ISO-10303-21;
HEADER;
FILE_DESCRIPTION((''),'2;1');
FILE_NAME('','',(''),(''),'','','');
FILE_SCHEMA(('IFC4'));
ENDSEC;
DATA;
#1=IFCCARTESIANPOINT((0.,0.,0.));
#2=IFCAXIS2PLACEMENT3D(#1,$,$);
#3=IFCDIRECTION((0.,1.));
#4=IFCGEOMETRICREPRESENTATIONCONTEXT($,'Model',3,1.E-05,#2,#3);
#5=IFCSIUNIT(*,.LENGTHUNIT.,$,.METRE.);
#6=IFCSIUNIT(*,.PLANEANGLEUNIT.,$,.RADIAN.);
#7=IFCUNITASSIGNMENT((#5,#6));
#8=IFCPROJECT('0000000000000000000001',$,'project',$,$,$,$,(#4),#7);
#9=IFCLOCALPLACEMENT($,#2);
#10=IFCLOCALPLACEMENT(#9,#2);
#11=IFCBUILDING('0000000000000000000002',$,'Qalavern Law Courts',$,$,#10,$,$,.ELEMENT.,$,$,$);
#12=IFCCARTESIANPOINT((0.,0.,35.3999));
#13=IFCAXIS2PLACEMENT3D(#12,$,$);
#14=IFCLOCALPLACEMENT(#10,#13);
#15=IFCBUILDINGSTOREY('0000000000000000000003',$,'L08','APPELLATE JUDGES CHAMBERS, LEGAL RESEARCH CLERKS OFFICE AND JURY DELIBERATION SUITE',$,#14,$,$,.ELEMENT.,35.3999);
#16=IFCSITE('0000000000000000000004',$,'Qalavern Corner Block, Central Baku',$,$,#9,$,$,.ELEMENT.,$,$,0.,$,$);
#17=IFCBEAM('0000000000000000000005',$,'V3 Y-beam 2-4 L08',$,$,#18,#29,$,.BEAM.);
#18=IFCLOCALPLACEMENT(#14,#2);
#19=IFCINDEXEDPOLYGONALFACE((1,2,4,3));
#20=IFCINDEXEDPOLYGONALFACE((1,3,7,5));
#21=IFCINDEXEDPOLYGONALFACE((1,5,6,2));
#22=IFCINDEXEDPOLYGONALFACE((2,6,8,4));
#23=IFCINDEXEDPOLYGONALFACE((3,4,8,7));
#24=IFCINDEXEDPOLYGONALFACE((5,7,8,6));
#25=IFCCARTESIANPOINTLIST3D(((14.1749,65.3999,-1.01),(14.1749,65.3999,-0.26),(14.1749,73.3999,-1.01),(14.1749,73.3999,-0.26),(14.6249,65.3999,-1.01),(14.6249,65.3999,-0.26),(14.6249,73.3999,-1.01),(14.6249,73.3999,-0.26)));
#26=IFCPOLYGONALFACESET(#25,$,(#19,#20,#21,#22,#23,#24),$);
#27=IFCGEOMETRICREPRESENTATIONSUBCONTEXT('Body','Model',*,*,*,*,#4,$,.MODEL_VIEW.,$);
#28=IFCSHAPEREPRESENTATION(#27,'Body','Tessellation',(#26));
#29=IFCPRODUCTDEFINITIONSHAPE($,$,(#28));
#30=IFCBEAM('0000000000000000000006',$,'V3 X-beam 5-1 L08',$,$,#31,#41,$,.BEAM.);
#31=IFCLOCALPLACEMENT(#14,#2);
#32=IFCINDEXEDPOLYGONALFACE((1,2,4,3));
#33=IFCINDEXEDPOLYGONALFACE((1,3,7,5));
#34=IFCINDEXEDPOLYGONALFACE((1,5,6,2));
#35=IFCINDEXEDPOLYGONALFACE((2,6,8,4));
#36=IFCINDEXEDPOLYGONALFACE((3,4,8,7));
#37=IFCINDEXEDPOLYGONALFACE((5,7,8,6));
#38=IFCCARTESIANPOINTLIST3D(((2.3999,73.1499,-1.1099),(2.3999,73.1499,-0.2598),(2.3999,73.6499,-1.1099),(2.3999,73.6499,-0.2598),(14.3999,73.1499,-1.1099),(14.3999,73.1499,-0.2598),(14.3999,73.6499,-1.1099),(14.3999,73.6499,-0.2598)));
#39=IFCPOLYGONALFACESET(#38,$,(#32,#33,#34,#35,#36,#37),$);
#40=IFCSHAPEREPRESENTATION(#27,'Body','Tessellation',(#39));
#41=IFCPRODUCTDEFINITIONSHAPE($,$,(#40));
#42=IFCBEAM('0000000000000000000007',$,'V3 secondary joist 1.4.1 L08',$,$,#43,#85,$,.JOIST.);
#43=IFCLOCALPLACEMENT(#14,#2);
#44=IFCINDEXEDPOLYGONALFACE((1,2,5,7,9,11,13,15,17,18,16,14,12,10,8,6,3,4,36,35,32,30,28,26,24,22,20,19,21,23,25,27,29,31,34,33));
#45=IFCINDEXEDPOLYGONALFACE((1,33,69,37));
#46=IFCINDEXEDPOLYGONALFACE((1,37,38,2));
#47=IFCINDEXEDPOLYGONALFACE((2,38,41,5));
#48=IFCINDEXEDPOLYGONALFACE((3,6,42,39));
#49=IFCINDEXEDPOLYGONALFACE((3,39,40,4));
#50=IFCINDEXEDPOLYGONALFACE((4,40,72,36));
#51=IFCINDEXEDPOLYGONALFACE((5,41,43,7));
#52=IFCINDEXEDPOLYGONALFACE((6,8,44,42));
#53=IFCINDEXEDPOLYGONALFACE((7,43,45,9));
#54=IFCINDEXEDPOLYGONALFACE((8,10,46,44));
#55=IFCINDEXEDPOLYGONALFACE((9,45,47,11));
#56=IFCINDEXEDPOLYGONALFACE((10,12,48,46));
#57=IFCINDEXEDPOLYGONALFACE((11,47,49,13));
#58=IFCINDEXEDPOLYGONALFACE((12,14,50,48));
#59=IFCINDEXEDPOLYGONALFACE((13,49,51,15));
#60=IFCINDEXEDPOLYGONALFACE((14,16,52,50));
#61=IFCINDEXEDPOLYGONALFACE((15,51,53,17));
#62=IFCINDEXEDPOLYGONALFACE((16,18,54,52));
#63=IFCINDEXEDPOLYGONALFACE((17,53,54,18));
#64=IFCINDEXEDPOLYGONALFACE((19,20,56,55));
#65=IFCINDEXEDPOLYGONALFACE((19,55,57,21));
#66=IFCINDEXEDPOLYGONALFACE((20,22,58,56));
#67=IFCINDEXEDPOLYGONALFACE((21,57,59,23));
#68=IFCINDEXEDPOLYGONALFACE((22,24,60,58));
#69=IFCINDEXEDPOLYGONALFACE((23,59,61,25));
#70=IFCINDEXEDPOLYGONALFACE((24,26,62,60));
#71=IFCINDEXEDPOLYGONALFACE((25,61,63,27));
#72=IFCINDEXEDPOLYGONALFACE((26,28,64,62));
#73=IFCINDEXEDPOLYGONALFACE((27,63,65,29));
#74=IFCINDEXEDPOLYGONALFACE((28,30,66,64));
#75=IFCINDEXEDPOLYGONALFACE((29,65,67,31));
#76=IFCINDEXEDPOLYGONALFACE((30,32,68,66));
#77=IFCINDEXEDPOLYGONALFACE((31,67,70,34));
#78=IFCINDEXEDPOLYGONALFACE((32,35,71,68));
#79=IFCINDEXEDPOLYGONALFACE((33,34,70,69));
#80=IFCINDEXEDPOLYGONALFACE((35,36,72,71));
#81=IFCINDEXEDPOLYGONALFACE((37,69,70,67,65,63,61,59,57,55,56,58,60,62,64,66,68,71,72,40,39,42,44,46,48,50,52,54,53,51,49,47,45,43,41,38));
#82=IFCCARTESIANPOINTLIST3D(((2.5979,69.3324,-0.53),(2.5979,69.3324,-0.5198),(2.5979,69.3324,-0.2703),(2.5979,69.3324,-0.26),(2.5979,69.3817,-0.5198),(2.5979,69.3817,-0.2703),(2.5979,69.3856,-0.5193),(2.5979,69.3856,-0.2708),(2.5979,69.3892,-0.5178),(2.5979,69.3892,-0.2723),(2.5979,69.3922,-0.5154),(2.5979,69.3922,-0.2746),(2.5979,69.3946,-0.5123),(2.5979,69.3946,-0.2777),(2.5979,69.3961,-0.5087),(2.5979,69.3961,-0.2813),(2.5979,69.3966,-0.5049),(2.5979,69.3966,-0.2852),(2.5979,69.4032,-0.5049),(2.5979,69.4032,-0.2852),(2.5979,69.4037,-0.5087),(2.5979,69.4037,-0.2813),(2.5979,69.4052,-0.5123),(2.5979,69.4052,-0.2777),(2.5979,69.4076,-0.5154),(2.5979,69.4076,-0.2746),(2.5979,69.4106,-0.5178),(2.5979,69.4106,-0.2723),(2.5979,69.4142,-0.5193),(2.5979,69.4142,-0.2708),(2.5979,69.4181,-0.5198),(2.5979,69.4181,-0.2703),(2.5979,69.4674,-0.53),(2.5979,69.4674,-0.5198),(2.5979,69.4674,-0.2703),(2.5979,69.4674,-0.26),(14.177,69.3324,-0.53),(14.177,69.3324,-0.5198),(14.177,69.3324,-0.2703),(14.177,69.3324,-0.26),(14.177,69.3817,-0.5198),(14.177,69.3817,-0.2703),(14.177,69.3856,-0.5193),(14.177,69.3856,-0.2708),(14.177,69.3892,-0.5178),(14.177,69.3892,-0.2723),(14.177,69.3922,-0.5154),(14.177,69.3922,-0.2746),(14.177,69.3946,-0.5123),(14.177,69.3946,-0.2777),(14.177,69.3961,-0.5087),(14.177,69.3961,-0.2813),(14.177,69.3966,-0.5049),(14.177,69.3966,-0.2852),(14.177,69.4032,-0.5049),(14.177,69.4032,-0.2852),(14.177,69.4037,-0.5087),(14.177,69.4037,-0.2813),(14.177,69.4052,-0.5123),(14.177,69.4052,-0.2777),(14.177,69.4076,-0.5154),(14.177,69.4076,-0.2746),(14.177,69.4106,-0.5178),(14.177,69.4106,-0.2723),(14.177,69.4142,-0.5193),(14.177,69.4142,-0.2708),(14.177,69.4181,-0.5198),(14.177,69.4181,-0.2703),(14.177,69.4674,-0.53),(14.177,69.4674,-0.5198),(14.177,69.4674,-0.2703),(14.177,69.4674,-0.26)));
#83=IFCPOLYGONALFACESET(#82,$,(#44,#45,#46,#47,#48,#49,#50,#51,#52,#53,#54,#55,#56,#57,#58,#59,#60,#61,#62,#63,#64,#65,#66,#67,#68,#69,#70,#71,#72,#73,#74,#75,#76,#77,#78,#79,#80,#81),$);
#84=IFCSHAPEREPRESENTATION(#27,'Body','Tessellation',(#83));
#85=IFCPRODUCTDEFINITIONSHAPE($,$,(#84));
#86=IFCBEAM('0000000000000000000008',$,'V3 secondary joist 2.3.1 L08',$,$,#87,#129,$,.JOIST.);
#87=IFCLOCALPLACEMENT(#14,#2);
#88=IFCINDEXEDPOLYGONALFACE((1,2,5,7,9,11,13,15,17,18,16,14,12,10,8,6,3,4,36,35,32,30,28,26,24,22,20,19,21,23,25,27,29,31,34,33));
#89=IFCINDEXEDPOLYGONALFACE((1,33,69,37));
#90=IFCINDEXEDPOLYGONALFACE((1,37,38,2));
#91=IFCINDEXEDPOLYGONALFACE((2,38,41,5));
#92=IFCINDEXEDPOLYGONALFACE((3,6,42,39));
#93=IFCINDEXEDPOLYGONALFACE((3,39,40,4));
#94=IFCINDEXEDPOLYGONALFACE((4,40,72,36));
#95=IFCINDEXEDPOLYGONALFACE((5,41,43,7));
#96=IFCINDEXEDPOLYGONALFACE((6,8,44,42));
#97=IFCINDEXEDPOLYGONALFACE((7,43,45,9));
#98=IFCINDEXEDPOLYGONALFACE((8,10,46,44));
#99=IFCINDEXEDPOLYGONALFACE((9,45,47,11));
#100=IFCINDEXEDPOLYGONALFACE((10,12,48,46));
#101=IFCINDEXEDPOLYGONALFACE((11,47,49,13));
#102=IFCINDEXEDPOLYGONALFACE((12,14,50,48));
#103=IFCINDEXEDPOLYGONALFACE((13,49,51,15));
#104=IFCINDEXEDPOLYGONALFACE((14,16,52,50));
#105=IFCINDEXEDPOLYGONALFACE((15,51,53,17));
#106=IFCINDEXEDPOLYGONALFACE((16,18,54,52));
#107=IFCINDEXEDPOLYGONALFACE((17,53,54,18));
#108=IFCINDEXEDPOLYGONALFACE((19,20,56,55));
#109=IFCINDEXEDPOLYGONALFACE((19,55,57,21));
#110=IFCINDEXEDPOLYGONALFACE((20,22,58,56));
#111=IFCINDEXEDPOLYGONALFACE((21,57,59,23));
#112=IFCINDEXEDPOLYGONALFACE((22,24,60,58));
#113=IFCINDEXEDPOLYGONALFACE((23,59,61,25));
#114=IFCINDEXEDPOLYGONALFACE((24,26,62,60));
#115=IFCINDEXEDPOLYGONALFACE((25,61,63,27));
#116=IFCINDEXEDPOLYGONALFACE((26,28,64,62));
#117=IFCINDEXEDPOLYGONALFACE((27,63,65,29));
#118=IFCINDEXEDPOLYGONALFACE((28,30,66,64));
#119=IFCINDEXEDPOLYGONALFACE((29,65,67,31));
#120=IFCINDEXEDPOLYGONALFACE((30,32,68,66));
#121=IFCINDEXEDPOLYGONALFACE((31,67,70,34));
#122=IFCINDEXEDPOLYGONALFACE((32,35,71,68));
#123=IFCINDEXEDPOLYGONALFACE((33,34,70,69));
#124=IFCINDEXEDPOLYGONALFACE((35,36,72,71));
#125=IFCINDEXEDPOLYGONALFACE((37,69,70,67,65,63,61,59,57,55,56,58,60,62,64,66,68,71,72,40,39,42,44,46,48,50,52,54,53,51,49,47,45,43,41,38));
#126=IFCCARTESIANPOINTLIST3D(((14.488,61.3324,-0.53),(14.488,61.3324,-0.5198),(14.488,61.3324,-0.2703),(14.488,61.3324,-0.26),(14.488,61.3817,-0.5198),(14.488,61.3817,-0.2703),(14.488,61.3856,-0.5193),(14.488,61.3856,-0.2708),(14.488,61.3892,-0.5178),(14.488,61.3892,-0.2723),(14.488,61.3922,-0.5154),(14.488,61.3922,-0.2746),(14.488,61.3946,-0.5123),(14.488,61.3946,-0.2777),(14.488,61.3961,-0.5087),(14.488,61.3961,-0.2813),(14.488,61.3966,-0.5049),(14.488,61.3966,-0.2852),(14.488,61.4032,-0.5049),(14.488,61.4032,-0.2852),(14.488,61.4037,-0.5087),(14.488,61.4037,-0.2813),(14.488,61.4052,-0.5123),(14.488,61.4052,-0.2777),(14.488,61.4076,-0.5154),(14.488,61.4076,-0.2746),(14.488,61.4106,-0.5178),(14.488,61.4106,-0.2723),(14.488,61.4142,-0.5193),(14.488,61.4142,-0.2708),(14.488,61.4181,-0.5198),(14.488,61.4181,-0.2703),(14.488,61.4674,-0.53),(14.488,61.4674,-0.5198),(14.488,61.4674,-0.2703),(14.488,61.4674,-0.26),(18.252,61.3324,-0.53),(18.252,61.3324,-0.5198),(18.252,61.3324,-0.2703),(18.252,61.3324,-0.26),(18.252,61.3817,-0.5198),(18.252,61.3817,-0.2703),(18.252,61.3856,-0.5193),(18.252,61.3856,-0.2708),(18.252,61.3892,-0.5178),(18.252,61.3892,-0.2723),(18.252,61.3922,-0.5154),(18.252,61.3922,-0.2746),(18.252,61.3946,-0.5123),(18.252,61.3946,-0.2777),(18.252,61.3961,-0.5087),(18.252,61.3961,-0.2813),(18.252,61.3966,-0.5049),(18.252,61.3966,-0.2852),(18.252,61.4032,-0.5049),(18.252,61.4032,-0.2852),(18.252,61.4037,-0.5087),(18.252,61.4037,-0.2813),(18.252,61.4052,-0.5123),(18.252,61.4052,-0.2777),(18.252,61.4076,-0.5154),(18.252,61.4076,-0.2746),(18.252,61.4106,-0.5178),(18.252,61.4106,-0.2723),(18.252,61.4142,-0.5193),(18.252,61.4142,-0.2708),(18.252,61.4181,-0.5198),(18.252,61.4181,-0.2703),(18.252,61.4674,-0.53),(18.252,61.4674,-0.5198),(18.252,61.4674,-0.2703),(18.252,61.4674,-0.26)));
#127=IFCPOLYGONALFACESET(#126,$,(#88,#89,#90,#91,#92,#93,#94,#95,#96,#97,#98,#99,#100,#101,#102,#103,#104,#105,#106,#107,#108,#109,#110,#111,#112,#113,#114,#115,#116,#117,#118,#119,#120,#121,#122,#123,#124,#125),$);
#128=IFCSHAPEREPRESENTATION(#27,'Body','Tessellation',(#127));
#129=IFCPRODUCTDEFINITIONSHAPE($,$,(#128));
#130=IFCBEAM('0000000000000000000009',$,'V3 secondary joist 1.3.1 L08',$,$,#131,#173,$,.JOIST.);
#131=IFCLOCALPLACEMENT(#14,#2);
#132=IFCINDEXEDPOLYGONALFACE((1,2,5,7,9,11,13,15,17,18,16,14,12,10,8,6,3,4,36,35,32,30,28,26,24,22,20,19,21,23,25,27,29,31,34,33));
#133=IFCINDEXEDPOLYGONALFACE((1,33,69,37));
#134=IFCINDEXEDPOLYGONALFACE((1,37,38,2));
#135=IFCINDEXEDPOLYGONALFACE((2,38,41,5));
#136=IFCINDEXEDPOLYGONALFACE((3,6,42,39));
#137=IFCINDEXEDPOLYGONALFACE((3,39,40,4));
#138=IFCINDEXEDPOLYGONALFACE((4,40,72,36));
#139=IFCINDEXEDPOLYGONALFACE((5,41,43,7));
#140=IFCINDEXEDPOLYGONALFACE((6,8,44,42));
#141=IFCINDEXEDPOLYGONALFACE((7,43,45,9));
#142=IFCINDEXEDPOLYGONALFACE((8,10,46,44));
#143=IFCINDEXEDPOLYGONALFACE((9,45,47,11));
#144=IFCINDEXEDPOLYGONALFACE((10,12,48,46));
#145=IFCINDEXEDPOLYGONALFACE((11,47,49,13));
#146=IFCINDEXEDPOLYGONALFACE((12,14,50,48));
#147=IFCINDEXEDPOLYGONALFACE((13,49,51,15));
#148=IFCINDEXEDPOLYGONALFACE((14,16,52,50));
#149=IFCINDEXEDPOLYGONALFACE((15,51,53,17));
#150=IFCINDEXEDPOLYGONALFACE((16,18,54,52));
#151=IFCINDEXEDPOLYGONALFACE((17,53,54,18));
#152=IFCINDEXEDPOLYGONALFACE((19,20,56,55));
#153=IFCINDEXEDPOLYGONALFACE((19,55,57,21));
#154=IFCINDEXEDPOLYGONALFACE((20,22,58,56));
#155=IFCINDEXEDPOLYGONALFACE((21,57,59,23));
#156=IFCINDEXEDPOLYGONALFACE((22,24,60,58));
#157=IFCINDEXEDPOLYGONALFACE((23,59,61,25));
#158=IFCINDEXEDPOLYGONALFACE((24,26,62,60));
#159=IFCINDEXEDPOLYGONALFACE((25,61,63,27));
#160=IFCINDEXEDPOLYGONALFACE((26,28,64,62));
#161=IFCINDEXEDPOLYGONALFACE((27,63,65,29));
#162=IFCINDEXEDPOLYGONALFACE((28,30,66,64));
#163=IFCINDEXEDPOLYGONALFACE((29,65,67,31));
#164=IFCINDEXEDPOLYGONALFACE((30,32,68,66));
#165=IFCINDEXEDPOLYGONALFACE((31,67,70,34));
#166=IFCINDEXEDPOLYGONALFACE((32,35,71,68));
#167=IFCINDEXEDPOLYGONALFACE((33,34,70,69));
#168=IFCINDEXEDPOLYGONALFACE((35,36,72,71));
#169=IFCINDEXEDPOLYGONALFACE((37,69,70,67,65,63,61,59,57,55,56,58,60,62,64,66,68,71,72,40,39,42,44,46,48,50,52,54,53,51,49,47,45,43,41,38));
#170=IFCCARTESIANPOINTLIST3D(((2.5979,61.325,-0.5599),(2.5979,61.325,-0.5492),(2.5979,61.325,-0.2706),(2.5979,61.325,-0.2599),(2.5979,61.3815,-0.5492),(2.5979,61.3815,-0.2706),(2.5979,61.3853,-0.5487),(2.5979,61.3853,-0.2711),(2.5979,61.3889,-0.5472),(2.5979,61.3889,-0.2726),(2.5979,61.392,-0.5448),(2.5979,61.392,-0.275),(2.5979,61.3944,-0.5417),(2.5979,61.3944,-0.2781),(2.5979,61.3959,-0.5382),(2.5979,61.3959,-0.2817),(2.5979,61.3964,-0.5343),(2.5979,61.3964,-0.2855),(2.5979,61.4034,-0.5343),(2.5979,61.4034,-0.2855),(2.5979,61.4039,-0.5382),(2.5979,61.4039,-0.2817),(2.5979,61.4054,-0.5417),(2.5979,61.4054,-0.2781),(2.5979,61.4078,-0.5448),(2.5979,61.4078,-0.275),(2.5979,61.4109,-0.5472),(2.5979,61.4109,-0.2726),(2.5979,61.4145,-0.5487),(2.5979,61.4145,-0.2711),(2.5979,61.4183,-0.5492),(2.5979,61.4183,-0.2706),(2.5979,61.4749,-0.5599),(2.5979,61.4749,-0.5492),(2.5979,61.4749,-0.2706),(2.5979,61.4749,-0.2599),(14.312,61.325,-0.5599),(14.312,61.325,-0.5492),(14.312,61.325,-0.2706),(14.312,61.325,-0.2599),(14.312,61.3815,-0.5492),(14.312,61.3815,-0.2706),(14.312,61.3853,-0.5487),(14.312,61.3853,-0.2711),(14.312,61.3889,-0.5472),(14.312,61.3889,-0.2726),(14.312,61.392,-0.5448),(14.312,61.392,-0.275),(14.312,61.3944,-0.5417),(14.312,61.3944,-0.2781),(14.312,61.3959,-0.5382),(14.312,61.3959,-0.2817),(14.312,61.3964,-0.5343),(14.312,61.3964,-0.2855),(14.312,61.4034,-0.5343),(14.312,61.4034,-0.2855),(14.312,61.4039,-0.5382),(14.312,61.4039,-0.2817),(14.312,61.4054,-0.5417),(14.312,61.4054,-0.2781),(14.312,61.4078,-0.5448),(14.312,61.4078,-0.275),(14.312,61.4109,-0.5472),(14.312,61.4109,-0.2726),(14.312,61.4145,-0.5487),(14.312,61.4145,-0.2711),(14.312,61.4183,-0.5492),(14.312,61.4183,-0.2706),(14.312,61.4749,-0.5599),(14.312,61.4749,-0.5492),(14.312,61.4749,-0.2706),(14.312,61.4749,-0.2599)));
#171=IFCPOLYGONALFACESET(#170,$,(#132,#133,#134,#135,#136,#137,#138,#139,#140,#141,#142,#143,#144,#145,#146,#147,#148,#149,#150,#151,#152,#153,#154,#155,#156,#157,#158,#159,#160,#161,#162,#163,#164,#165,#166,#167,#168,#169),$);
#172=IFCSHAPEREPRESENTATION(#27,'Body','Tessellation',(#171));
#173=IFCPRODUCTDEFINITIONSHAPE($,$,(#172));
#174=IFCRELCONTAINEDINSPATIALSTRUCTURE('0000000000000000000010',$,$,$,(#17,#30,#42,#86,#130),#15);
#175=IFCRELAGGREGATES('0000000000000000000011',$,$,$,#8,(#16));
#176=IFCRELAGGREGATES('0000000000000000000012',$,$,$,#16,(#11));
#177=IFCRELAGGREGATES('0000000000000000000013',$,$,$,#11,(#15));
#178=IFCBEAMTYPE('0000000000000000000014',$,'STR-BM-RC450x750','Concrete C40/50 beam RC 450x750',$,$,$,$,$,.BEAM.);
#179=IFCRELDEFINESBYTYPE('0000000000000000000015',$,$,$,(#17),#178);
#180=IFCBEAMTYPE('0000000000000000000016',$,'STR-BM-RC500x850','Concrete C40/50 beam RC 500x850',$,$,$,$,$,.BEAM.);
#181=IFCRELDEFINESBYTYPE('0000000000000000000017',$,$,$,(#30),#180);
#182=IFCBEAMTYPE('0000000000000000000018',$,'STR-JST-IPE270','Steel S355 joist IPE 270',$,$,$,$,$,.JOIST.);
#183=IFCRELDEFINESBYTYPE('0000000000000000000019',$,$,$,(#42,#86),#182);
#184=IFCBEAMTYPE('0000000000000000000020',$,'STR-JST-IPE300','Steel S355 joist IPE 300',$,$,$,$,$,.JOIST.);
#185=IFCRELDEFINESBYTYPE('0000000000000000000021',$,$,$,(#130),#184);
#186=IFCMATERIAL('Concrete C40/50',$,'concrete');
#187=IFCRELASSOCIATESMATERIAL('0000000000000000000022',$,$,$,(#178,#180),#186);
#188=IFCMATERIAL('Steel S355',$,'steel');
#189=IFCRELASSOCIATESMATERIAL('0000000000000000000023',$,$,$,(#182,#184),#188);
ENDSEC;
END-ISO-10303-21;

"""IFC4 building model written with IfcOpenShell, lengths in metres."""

from ifc_helpers import new_model, si_unit, direction, frame, origin, origin_2d, place, context, subcontext, project, spatial, rectangle, i_section, extrude, material, material_profile, profile_set, type_object, element, save


model = new_model("IFC4")

# Units and contexts
model_context = context("Model", 3, precision=1e-05, world=origin(), true_north=direction((0.0, 1.0)))
body_context = subcontext(model_context, "Body", "Model", "MODEL_VIEW")
ifc_project = project(units=[si_unit("LENGTHUNIT", "METRE"), si_unit("PLANEANGLEUNIT", "RADIAN")], contexts=[model_context])

# Site, building, storey
site_placement = place(None, origin())
site = spatial("IfcSite", under=ifc_project, at=site_placement, Name="Qalavern Corner Block, Central Baku", CompositionType="ELEMENT", RefElevation=0.0)
building_placement = place(site_placement, origin())
building = spatial("IfcBuilding", under=site, at=building_placement, Name="Qalavern Law Courts", CompositionType="ELEMENT")
storey_placement = place(building_placement, frame((0.0, 0.0, 35.3999)))
storey = spatial("IfcBuildingStorey", under=building, at=storey_placement, Name="L08", Description="APPELLATE JUDGES CHAMBERS, LEGAL RESEARCH CLERKS OFFICE AND JURY DELIBERATION SUITE", CompositionType="ELEMENT", Elevation=35.3999)

# Beams
ifc_material_1 = material(Name="Steel S355", Category="steel")
ifc_material_2 = material(Name="Concrete C40/50", Category="concrete")
ifc_material_profile_1 = material_profile(ifc_material_2, rectangle(XDim=0.45, YDim=0.75, at=origin_2d()), Name="RC 450x750")
ifc_profile_set_1 = profile_set([ifc_material_profile_1], Name="Concrete C40/50")
beam_type_1 = type_object("IfcBeamType", Name="STR-BM-RC450x750", Description="Concrete C40/50 beam RC 450x750", PredefinedType="BEAM", material=ifc_profile_set_1)
beam_1_placement = place(storey_placement, frame((14.3999, 65.3999, -0.635), z_axis=(0.0, 1.0, 0.0), x_axis=(-1.0, 0.0, 0.0)))
element("IfcBeam", 1, at=beam_1_placement, inside=storey, type_object=beam_type_1, Name="V3 Y-beam 2-4 L08", PredefinedType="BEAM", context=body_context, shape_type="SweptSolid", body=[
    extrude(rectangle(XDim=0.45, YDim=0.75, at=origin_2d()), origin(), (0.0, 0.0, 1.0), 8.0),
])
ifc_material_profile_2 = material_profile(ifc_material_2, rectangle(XDim=0.5, YDim=0.8501, at=origin_2d()), Name="RC 500x850")
ifc_profile_set_2 = profile_set([ifc_material_profile_2], Name="Concrete C40/50")
beam_type_2 = type_object("IfcBeamType", Name="STR-BM-RC500x850", Description="Concrete C40/50 beam RC 500x850", PredefinedType="BEAM", material=ifc_profile_set_2)
beam_2_placement = place(storey_placement, frame((2.3999, 73.3999, -0.6848), z_axis=(1.0, 0.0, 0.0), x_axis=(0.0, 1.0, 0.0)))
element("IfcBeam", 2, at=beam_2_placement, inside=storey, type_object=beam_type_2, Name="V3 X-beam 5-1 L08", PredefinedType="BEAM", context=body_context, shape_type="SweptSolid", body=[
    extrude(rectangle(XDim=0.5, YDim=0.8501, at=origin_2d()), origin(), (0.0, 0.0, 1.0), 12.0),
])
ifc_material_profile_3 = material_profile(ifc_material_1, i_section(OverallWidth=0.135, OverallDepth=0.27, WebThickness=0.0066, FlangeThickness=0.0103, FilletRadius=0.0149, at=origin_2d()), Name="IPE 270")
ifc_profile_set_3 = profile_set([ifc_material_profile_3], Name="Steel S355")
beam_type_3 = type_object("IfcBeamType", Name="STR-JST-IPE270", Description="Steel S355 joist IPE 270", PredefinedType="JOIST", material=ifc_profile_set_3)
beam_3_placement = place(storey_placement, frame((2.5979, 69.3999, -0.395), z_axis=(1.0, 0.0, 0.0), x_axis=(0.0, 1.0, 0.0)))
element("IfcBeam", 3, at=beam_3_placement, inside=storey, type_object=beam_type_3, Name="V3 secondary joist 1.4.1 L08", PredefinedType="JOIST", context=body_context, shape_type="SweptSolid", body=[
    extrude(i_section(OverallWidth=0.135, OverallDepth=0.27, WebThickness=0.0066, FlangeThickness=0.0103, FilletRadius=0.0149, at=origin_2d()), origin(), (0.0, 0.0, 1.0), 11.5791),
])
beam_4_placement = place(storey_placement, frame((14.488, 61.3999, -0.395), z_axis=(1.0, 0.0, 0.0), x_axis=(0.0, 1.0, 0.0)))
element("IfcBeam", 4, at=beam_4_placement, inside=storey, type_object=beam_type_3, Name="V3 secondary joist 2.3.1 L08", PredefinedType="JOIST", context=body_context, shape_type="SweptSolid", body=[
    extrude(i_section(OverallWidth=0.135, OverallDepth=0.27, WebThickness=0.0066, FlangeThickness=0.0103, FilletRadius=0.0149, at=origin_2d()), origin(), (0.0, 0.0, 1.0), 3.7639),
])
ifc_material_profile_4 = material_profile(ifc_material_1, i_section(OverallWidth=0.1499, OverallDepth=0.3, WebThickness=0.0071, FlangeThickness=0.0107, FilletRadius=0.0149, at=origin_2d()), Name="IPE 300")
ifc_profile_set_4 = profile_set([ifc_material_profile_4], Name="Steel S355")
beam_type_4 = type_object("IfcBeamType", Name="STR-JST-IPE300", Description="Steel S355 joist IPE 300", PredefinedType="JOIST", material=ifc_profile_set_4)
beam_5_placement = place(storey_placement, frame((2.5979, 61.3999, -0.4099), z_axis=(1.0, 0.0, 0.0), x_axis=(0.0, 1.0, 0.0)))
element("IfcBeam", 5, at=beam_5_placement, inside=storey, type_object=beam_type_4, Name="V3 secondary joist 1.3.1 L08", PredefinedType="JOIST", context=body_context, shape_type="SweptSolid", body=[
    extrude(i_section(OverallWidth=0.1499, OverallDepth=0.3, WebThickness=0.0071, FlangeThickness=0.0107, FilletRadius=0.0149, at=origin_2d()), origin(), (0.0, 0.0, 1.0), 11.7141),
])

save(model, "model.ifc")
